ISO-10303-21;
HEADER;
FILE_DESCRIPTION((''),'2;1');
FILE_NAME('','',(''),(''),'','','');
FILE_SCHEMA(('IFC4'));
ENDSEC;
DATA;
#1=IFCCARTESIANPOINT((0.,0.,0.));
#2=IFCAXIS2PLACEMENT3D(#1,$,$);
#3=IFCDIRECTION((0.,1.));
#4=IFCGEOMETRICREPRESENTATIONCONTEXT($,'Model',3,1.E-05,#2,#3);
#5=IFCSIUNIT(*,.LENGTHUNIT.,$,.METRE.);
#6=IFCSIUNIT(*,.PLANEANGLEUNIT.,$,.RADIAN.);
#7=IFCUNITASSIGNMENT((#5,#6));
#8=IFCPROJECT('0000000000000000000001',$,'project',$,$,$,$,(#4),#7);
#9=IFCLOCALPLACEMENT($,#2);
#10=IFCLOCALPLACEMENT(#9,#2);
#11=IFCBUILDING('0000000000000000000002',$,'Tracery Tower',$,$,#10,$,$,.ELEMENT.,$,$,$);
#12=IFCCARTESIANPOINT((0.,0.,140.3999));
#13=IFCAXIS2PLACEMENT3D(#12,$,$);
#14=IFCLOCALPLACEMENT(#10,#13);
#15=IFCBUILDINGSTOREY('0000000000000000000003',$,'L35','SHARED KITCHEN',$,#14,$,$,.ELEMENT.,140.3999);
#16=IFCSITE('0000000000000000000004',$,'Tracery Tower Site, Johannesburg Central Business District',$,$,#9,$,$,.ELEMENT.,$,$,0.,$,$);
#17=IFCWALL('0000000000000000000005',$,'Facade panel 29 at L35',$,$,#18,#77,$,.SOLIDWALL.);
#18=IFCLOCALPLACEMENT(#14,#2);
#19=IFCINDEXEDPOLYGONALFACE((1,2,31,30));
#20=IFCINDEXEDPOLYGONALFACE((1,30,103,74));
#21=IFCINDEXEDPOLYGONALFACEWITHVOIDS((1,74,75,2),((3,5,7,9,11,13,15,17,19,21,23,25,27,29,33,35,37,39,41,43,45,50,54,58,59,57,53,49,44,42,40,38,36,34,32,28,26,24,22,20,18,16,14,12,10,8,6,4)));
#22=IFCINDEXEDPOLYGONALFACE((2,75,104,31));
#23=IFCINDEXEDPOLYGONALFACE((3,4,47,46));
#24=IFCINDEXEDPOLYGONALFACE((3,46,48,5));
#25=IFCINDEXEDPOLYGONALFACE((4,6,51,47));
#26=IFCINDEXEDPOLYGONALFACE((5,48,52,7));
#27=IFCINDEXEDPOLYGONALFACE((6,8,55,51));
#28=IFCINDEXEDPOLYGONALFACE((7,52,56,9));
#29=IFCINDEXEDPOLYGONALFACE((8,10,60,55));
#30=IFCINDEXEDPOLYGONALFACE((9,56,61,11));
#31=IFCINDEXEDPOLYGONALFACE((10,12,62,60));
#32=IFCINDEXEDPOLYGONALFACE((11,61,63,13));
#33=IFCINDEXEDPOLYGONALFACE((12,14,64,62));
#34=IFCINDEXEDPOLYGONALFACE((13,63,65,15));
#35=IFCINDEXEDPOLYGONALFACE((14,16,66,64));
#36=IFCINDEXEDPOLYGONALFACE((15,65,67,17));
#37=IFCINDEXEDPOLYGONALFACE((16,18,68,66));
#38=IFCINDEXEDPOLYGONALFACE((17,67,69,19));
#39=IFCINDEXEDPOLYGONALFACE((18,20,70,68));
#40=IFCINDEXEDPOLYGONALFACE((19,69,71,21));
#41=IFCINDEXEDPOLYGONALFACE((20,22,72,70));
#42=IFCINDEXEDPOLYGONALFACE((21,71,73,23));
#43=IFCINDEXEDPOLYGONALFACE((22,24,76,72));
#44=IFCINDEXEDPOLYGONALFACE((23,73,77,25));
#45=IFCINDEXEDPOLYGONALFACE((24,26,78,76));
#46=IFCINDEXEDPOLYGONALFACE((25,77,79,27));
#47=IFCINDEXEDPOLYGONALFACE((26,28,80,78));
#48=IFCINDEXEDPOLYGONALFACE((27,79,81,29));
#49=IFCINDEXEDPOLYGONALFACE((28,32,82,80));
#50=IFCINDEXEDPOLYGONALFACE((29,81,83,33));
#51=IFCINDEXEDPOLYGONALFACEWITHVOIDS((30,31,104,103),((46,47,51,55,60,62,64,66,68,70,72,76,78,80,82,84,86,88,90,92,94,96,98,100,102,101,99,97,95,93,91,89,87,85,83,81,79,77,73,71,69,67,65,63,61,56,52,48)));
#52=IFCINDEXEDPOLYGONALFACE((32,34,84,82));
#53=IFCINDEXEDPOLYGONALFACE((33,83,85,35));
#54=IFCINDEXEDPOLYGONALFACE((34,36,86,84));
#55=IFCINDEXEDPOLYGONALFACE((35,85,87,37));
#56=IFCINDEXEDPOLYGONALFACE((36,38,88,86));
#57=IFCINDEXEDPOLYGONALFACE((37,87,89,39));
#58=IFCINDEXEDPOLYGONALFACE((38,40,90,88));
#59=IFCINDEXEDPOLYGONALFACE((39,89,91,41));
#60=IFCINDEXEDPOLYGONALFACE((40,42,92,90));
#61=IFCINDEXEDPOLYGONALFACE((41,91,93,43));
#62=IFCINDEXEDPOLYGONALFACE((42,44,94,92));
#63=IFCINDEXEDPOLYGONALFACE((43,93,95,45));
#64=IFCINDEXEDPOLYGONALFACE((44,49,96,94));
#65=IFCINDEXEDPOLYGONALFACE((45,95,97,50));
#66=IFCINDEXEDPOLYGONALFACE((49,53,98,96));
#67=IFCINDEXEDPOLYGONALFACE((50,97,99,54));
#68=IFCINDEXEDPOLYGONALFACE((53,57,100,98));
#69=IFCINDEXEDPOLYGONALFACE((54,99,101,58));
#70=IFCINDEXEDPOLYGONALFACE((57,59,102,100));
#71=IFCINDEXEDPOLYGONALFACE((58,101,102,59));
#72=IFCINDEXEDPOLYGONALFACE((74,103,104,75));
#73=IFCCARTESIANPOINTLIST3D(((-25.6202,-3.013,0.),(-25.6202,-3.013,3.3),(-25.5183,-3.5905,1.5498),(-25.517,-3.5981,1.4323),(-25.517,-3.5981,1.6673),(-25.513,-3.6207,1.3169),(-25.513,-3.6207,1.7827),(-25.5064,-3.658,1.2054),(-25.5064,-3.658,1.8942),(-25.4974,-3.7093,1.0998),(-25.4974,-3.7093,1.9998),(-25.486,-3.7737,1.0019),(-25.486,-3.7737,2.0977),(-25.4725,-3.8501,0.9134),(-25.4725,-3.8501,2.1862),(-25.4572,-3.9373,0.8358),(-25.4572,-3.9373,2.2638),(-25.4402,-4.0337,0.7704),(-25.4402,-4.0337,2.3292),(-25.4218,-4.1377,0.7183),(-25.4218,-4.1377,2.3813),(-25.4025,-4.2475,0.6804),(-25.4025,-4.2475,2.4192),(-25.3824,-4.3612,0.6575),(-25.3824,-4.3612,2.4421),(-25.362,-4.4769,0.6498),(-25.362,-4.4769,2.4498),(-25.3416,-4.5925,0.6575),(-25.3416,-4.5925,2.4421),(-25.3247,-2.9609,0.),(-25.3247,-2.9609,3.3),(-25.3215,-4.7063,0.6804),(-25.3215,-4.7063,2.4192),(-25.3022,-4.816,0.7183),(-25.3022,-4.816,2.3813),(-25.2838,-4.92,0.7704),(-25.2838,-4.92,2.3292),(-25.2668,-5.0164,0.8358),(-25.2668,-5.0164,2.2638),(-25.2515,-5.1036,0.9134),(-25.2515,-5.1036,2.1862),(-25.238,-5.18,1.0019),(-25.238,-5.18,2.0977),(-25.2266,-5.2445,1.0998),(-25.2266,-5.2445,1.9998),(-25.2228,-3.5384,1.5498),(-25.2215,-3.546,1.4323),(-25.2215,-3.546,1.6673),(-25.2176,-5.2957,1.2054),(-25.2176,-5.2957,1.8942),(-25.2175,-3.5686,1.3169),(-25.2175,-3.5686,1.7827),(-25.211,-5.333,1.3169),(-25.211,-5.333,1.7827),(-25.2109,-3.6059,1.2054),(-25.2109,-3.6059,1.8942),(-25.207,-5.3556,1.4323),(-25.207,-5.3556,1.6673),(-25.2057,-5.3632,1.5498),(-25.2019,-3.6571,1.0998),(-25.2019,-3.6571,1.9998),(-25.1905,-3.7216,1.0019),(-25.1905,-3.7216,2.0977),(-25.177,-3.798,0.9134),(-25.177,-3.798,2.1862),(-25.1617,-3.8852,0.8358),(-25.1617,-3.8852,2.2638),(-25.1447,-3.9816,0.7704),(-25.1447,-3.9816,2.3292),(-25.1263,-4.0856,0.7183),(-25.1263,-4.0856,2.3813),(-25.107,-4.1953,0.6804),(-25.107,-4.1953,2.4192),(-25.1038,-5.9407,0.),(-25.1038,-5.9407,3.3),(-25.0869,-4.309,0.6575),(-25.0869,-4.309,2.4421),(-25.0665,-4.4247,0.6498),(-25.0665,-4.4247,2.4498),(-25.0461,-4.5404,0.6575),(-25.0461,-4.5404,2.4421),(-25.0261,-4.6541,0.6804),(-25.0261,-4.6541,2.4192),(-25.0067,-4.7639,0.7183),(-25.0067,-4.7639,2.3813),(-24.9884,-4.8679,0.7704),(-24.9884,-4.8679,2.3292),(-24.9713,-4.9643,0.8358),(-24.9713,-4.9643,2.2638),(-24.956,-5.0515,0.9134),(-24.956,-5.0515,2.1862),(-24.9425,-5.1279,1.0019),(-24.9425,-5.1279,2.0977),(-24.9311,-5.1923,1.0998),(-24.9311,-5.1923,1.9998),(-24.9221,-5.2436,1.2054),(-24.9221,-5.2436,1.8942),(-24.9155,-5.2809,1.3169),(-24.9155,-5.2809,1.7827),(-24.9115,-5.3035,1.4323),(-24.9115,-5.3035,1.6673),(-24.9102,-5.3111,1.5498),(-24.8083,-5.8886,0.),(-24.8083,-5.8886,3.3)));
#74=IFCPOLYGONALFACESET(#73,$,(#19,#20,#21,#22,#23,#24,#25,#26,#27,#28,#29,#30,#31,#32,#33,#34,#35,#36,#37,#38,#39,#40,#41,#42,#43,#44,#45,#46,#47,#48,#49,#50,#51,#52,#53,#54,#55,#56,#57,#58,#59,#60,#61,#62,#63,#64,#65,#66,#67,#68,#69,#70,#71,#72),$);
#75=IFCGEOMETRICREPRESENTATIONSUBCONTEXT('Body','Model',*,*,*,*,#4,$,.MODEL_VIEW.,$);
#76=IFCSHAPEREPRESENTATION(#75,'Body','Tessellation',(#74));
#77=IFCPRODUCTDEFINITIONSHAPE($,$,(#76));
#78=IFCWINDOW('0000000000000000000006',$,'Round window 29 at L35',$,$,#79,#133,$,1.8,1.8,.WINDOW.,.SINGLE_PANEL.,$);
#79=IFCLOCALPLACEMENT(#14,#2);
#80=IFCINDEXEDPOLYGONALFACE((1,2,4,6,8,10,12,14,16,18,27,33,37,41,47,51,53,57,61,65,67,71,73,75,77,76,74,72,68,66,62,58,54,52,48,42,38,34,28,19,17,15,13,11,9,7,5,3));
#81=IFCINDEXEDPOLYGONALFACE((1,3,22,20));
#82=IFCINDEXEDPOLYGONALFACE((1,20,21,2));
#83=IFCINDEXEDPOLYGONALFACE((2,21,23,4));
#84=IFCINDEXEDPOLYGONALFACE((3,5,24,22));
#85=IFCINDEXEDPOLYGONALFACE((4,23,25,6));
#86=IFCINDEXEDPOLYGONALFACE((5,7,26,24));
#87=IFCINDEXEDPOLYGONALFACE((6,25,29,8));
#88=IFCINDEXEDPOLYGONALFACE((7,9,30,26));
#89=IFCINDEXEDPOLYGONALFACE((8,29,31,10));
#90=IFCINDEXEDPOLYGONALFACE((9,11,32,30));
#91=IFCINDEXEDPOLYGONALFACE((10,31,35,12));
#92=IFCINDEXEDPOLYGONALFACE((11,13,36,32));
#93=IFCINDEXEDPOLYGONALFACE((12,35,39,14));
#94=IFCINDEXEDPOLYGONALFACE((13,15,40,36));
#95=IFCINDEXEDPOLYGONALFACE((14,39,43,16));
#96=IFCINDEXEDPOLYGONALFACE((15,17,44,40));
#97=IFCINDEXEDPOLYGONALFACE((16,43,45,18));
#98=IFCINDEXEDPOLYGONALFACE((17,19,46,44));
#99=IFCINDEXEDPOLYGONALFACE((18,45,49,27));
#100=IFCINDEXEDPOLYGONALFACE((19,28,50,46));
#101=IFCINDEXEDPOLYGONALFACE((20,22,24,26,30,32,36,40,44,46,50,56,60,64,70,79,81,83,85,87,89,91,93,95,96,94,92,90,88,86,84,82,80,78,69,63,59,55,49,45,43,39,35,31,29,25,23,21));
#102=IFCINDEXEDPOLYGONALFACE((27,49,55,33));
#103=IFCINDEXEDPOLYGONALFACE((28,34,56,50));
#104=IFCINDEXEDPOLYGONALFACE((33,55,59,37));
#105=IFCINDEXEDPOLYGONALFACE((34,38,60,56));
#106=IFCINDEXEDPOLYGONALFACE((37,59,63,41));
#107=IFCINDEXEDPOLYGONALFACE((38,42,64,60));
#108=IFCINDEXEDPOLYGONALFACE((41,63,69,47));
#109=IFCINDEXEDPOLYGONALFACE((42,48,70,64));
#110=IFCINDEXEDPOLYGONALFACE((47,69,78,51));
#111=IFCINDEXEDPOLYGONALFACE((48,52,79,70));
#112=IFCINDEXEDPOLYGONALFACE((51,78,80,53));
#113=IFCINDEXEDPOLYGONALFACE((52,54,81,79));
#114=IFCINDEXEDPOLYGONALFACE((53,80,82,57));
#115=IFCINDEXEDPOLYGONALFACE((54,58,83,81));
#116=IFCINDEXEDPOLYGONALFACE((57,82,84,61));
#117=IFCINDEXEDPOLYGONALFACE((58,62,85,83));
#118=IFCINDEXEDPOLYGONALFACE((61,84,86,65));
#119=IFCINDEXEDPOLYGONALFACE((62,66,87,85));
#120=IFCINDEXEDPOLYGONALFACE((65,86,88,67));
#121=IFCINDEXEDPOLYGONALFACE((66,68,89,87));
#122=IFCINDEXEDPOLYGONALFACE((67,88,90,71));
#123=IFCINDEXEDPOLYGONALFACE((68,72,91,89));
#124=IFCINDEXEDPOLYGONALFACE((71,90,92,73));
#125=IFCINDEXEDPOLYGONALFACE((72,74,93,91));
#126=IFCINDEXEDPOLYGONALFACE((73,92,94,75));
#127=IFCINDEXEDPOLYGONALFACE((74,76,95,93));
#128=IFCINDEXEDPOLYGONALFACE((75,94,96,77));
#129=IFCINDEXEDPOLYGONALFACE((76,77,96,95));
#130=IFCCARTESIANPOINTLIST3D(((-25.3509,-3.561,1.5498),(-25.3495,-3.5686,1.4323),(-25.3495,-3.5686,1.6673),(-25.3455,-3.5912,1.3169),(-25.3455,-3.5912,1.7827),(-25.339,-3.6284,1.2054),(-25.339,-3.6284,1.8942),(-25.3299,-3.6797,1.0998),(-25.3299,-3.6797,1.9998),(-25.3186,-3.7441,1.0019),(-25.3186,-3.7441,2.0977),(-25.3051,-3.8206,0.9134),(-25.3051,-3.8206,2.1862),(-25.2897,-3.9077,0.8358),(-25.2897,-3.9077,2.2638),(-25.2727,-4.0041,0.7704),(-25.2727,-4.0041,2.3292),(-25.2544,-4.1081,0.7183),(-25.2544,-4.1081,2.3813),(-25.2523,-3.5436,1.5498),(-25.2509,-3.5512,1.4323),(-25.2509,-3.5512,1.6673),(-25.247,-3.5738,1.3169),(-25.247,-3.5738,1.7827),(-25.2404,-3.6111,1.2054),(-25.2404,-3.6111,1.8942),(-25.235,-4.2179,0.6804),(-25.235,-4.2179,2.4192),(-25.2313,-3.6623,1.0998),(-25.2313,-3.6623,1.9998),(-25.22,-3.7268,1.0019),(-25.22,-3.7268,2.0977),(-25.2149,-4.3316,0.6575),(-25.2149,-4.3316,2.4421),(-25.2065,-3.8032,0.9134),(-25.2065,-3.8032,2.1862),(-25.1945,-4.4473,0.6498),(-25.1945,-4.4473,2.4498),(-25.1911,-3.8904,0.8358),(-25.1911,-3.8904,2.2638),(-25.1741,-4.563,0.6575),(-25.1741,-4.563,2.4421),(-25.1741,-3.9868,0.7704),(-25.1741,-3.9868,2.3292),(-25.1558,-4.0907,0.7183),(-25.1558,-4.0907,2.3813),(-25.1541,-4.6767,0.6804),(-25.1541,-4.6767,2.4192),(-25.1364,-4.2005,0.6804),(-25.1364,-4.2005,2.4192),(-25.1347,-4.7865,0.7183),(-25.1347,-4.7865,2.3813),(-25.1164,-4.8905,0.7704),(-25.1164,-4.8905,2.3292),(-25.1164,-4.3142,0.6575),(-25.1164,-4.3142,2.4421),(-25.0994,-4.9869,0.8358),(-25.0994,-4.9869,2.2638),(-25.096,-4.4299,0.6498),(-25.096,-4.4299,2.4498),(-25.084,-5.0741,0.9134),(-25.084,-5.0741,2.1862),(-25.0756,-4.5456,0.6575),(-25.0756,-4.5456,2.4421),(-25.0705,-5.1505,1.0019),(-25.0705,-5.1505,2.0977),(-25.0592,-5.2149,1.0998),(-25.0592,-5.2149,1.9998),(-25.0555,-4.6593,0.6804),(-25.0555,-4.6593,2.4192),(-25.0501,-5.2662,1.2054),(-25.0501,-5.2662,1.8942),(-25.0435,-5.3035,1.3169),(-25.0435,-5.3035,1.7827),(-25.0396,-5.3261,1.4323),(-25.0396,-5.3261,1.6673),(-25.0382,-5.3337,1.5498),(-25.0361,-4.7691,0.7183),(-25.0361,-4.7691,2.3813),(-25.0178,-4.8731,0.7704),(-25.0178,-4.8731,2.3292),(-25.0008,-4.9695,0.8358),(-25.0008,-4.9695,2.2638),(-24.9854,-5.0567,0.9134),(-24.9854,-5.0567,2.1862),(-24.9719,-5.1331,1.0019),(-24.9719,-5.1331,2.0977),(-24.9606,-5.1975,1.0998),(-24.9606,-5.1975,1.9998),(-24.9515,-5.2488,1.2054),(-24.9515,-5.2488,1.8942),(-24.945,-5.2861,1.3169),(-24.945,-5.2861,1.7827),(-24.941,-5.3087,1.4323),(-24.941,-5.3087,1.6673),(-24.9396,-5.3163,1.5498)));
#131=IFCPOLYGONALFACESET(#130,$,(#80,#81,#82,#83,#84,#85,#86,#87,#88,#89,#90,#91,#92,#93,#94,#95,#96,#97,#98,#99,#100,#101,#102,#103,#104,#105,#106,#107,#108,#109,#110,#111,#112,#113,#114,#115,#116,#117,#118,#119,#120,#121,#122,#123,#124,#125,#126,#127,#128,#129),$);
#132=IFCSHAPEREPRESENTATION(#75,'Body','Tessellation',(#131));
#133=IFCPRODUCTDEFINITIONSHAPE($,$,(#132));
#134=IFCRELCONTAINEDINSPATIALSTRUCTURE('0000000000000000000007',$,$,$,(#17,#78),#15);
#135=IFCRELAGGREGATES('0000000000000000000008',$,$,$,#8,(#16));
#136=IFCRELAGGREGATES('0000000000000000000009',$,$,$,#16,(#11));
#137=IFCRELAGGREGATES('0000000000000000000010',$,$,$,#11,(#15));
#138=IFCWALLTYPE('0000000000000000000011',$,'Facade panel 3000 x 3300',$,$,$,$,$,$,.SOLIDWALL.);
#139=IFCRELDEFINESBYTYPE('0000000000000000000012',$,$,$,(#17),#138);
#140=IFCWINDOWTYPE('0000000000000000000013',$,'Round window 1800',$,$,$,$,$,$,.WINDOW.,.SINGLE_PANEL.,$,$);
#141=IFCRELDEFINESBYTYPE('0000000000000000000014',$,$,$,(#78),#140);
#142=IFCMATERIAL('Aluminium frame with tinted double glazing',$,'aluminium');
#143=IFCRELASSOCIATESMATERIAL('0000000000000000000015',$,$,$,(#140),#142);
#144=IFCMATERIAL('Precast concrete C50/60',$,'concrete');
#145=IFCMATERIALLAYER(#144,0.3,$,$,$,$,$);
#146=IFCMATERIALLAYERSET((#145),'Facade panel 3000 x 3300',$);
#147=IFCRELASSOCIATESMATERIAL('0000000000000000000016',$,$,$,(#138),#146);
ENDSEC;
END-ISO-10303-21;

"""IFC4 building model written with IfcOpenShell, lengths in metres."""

from ifc_helpers import new_model, si_unit, direction, frame, frame_2d, origin, origin_2d, place, context, subcontext, project, spatial, rectangle, circle, extrude, material, layer, layer_set, type_object, element, fill, save


model = new_model("IFC4")

# Units and contexts
model_context = context("Model", 3, precision=1e-05, world=origin(), true_north=direction((0.0, 1.0)))
body_context = subcontext(model_context, "Body", "Model", "MODEL_VIEW")
ifc_project = project(units=[si_unit("LENGTHUNIT", "METRE"), si_unit("PLANEANGLEUNIT", "RADIAN")], contexts=[model_context])

# Site, building, storey
site_placement = place(None, origin())
site = spatial("IfcSite", under=ifc_project, at=site_placement, Name="Tracery Tower Site, Johannesburg Central Business District", CompositionType="ELEMENT", RefElevation=0.0)
building_placement = place(site_placement, origin())
building = spatial("IfcBuilding", under=site, at=building_placement, Name="Tracery Tower", CompositionType="ELEMENT")
storey_placement = place(building_placement, frame((0.0, 0.0, 140.3999)))
storey = spatial("IfcBuildingStorey", under=building, at=storey_placement, Name="L35", Description="SHARED KITCHEN", CompositionType="ELEMENT", Elevation=140.3999)

# Wall, opening, window
ifc_material_1 = material(Name="Aluminium frame with tinted double glazing", Category="aluminium")
window_type = type_object("IfcWindowType", Name="Round window 1800", PartitioningType="SINGLE_PANEL", PredefinedType="WINDOW", material=ifc_material_1)
ifc_material_2 = material(Name="Precast concrete C50/60", Category="concrete")
ifc_layer_1 = layer(ifc_material_2, 0.3)
ifc_layer_set_1 = layer_set([ifc_layer_1], Name="Facade panel 3000 x 3300")
wall_type_1 = type_object("IfcWallType", Name="Facade panel 3000 x 3300", PredefinedType="SOLIDWALL", material=ifc_layer_set_1)
wall_1_placement = place(storey_placement, frame((-25.4724, -2.9871, 0.0), z_axis=(0.0, 0.0, 1.0), x_axis=(0.173687, -0.984801, 0.0)))
wall_1 = element("IfcWall", 1, at=wall_1_placement, inside=storey, type_object=wall_type_1, Name="Facade panel 29 at L35", PredefinedType="SOLIDWALL", context=body_context, shape_type="SweptSolid", body=[
    extrude(rectangle(XDim=2.9729, YDim=0.3, at=frame_2d((1.4863, 0.0))), origin(), (0.0, 0.0, 1.0), 3.3),
])
opening_1_placement = place(wall_1_placement, frame((1.4863, 0.0, 1.5498)))
opening_1 = element("IfcOpeningElement", 2, at=opening_1_placement, cuts=wall_1, PredefinedType="OPENING", context=body_context, shape_type="SweptSolid", body=[
    extrude(circle(Radius=0.9, at=origin_2d()), frame((0.0, 0.1599, 0.0), z_axis=(0.0, -1.0, 0.0), x_axis=(1.0, 0.0, 0.0)), (0.0, 0.0, 1.0), 0.3201),
])
window_1_placement = place(opening_1_placement, origin())
window_1 = element("IfcWindow", 3, at=window_1_placement, inside=storey, type_object=window_type, Name="Round window 29 at L35", OverallHeight=1.8, OverallWidth=1.8, PartitioningType="SINGLE_PANEL", PredefinedType="WINDOW", context=body_context, shape_type="SweptSolid", body=[
    extrude(circle(Radius=0.9, at=origin_2d()), frame((0.0, 0.1201, 0.0), z_axis=(0.0, -1.0, 0.0), x_axis=(1.0, 0.0, 0.0)), (0.0, 0.0, 1.0), 0.1001),
])
fill(opening_1, window_1)

save(model, "model.ifc")
